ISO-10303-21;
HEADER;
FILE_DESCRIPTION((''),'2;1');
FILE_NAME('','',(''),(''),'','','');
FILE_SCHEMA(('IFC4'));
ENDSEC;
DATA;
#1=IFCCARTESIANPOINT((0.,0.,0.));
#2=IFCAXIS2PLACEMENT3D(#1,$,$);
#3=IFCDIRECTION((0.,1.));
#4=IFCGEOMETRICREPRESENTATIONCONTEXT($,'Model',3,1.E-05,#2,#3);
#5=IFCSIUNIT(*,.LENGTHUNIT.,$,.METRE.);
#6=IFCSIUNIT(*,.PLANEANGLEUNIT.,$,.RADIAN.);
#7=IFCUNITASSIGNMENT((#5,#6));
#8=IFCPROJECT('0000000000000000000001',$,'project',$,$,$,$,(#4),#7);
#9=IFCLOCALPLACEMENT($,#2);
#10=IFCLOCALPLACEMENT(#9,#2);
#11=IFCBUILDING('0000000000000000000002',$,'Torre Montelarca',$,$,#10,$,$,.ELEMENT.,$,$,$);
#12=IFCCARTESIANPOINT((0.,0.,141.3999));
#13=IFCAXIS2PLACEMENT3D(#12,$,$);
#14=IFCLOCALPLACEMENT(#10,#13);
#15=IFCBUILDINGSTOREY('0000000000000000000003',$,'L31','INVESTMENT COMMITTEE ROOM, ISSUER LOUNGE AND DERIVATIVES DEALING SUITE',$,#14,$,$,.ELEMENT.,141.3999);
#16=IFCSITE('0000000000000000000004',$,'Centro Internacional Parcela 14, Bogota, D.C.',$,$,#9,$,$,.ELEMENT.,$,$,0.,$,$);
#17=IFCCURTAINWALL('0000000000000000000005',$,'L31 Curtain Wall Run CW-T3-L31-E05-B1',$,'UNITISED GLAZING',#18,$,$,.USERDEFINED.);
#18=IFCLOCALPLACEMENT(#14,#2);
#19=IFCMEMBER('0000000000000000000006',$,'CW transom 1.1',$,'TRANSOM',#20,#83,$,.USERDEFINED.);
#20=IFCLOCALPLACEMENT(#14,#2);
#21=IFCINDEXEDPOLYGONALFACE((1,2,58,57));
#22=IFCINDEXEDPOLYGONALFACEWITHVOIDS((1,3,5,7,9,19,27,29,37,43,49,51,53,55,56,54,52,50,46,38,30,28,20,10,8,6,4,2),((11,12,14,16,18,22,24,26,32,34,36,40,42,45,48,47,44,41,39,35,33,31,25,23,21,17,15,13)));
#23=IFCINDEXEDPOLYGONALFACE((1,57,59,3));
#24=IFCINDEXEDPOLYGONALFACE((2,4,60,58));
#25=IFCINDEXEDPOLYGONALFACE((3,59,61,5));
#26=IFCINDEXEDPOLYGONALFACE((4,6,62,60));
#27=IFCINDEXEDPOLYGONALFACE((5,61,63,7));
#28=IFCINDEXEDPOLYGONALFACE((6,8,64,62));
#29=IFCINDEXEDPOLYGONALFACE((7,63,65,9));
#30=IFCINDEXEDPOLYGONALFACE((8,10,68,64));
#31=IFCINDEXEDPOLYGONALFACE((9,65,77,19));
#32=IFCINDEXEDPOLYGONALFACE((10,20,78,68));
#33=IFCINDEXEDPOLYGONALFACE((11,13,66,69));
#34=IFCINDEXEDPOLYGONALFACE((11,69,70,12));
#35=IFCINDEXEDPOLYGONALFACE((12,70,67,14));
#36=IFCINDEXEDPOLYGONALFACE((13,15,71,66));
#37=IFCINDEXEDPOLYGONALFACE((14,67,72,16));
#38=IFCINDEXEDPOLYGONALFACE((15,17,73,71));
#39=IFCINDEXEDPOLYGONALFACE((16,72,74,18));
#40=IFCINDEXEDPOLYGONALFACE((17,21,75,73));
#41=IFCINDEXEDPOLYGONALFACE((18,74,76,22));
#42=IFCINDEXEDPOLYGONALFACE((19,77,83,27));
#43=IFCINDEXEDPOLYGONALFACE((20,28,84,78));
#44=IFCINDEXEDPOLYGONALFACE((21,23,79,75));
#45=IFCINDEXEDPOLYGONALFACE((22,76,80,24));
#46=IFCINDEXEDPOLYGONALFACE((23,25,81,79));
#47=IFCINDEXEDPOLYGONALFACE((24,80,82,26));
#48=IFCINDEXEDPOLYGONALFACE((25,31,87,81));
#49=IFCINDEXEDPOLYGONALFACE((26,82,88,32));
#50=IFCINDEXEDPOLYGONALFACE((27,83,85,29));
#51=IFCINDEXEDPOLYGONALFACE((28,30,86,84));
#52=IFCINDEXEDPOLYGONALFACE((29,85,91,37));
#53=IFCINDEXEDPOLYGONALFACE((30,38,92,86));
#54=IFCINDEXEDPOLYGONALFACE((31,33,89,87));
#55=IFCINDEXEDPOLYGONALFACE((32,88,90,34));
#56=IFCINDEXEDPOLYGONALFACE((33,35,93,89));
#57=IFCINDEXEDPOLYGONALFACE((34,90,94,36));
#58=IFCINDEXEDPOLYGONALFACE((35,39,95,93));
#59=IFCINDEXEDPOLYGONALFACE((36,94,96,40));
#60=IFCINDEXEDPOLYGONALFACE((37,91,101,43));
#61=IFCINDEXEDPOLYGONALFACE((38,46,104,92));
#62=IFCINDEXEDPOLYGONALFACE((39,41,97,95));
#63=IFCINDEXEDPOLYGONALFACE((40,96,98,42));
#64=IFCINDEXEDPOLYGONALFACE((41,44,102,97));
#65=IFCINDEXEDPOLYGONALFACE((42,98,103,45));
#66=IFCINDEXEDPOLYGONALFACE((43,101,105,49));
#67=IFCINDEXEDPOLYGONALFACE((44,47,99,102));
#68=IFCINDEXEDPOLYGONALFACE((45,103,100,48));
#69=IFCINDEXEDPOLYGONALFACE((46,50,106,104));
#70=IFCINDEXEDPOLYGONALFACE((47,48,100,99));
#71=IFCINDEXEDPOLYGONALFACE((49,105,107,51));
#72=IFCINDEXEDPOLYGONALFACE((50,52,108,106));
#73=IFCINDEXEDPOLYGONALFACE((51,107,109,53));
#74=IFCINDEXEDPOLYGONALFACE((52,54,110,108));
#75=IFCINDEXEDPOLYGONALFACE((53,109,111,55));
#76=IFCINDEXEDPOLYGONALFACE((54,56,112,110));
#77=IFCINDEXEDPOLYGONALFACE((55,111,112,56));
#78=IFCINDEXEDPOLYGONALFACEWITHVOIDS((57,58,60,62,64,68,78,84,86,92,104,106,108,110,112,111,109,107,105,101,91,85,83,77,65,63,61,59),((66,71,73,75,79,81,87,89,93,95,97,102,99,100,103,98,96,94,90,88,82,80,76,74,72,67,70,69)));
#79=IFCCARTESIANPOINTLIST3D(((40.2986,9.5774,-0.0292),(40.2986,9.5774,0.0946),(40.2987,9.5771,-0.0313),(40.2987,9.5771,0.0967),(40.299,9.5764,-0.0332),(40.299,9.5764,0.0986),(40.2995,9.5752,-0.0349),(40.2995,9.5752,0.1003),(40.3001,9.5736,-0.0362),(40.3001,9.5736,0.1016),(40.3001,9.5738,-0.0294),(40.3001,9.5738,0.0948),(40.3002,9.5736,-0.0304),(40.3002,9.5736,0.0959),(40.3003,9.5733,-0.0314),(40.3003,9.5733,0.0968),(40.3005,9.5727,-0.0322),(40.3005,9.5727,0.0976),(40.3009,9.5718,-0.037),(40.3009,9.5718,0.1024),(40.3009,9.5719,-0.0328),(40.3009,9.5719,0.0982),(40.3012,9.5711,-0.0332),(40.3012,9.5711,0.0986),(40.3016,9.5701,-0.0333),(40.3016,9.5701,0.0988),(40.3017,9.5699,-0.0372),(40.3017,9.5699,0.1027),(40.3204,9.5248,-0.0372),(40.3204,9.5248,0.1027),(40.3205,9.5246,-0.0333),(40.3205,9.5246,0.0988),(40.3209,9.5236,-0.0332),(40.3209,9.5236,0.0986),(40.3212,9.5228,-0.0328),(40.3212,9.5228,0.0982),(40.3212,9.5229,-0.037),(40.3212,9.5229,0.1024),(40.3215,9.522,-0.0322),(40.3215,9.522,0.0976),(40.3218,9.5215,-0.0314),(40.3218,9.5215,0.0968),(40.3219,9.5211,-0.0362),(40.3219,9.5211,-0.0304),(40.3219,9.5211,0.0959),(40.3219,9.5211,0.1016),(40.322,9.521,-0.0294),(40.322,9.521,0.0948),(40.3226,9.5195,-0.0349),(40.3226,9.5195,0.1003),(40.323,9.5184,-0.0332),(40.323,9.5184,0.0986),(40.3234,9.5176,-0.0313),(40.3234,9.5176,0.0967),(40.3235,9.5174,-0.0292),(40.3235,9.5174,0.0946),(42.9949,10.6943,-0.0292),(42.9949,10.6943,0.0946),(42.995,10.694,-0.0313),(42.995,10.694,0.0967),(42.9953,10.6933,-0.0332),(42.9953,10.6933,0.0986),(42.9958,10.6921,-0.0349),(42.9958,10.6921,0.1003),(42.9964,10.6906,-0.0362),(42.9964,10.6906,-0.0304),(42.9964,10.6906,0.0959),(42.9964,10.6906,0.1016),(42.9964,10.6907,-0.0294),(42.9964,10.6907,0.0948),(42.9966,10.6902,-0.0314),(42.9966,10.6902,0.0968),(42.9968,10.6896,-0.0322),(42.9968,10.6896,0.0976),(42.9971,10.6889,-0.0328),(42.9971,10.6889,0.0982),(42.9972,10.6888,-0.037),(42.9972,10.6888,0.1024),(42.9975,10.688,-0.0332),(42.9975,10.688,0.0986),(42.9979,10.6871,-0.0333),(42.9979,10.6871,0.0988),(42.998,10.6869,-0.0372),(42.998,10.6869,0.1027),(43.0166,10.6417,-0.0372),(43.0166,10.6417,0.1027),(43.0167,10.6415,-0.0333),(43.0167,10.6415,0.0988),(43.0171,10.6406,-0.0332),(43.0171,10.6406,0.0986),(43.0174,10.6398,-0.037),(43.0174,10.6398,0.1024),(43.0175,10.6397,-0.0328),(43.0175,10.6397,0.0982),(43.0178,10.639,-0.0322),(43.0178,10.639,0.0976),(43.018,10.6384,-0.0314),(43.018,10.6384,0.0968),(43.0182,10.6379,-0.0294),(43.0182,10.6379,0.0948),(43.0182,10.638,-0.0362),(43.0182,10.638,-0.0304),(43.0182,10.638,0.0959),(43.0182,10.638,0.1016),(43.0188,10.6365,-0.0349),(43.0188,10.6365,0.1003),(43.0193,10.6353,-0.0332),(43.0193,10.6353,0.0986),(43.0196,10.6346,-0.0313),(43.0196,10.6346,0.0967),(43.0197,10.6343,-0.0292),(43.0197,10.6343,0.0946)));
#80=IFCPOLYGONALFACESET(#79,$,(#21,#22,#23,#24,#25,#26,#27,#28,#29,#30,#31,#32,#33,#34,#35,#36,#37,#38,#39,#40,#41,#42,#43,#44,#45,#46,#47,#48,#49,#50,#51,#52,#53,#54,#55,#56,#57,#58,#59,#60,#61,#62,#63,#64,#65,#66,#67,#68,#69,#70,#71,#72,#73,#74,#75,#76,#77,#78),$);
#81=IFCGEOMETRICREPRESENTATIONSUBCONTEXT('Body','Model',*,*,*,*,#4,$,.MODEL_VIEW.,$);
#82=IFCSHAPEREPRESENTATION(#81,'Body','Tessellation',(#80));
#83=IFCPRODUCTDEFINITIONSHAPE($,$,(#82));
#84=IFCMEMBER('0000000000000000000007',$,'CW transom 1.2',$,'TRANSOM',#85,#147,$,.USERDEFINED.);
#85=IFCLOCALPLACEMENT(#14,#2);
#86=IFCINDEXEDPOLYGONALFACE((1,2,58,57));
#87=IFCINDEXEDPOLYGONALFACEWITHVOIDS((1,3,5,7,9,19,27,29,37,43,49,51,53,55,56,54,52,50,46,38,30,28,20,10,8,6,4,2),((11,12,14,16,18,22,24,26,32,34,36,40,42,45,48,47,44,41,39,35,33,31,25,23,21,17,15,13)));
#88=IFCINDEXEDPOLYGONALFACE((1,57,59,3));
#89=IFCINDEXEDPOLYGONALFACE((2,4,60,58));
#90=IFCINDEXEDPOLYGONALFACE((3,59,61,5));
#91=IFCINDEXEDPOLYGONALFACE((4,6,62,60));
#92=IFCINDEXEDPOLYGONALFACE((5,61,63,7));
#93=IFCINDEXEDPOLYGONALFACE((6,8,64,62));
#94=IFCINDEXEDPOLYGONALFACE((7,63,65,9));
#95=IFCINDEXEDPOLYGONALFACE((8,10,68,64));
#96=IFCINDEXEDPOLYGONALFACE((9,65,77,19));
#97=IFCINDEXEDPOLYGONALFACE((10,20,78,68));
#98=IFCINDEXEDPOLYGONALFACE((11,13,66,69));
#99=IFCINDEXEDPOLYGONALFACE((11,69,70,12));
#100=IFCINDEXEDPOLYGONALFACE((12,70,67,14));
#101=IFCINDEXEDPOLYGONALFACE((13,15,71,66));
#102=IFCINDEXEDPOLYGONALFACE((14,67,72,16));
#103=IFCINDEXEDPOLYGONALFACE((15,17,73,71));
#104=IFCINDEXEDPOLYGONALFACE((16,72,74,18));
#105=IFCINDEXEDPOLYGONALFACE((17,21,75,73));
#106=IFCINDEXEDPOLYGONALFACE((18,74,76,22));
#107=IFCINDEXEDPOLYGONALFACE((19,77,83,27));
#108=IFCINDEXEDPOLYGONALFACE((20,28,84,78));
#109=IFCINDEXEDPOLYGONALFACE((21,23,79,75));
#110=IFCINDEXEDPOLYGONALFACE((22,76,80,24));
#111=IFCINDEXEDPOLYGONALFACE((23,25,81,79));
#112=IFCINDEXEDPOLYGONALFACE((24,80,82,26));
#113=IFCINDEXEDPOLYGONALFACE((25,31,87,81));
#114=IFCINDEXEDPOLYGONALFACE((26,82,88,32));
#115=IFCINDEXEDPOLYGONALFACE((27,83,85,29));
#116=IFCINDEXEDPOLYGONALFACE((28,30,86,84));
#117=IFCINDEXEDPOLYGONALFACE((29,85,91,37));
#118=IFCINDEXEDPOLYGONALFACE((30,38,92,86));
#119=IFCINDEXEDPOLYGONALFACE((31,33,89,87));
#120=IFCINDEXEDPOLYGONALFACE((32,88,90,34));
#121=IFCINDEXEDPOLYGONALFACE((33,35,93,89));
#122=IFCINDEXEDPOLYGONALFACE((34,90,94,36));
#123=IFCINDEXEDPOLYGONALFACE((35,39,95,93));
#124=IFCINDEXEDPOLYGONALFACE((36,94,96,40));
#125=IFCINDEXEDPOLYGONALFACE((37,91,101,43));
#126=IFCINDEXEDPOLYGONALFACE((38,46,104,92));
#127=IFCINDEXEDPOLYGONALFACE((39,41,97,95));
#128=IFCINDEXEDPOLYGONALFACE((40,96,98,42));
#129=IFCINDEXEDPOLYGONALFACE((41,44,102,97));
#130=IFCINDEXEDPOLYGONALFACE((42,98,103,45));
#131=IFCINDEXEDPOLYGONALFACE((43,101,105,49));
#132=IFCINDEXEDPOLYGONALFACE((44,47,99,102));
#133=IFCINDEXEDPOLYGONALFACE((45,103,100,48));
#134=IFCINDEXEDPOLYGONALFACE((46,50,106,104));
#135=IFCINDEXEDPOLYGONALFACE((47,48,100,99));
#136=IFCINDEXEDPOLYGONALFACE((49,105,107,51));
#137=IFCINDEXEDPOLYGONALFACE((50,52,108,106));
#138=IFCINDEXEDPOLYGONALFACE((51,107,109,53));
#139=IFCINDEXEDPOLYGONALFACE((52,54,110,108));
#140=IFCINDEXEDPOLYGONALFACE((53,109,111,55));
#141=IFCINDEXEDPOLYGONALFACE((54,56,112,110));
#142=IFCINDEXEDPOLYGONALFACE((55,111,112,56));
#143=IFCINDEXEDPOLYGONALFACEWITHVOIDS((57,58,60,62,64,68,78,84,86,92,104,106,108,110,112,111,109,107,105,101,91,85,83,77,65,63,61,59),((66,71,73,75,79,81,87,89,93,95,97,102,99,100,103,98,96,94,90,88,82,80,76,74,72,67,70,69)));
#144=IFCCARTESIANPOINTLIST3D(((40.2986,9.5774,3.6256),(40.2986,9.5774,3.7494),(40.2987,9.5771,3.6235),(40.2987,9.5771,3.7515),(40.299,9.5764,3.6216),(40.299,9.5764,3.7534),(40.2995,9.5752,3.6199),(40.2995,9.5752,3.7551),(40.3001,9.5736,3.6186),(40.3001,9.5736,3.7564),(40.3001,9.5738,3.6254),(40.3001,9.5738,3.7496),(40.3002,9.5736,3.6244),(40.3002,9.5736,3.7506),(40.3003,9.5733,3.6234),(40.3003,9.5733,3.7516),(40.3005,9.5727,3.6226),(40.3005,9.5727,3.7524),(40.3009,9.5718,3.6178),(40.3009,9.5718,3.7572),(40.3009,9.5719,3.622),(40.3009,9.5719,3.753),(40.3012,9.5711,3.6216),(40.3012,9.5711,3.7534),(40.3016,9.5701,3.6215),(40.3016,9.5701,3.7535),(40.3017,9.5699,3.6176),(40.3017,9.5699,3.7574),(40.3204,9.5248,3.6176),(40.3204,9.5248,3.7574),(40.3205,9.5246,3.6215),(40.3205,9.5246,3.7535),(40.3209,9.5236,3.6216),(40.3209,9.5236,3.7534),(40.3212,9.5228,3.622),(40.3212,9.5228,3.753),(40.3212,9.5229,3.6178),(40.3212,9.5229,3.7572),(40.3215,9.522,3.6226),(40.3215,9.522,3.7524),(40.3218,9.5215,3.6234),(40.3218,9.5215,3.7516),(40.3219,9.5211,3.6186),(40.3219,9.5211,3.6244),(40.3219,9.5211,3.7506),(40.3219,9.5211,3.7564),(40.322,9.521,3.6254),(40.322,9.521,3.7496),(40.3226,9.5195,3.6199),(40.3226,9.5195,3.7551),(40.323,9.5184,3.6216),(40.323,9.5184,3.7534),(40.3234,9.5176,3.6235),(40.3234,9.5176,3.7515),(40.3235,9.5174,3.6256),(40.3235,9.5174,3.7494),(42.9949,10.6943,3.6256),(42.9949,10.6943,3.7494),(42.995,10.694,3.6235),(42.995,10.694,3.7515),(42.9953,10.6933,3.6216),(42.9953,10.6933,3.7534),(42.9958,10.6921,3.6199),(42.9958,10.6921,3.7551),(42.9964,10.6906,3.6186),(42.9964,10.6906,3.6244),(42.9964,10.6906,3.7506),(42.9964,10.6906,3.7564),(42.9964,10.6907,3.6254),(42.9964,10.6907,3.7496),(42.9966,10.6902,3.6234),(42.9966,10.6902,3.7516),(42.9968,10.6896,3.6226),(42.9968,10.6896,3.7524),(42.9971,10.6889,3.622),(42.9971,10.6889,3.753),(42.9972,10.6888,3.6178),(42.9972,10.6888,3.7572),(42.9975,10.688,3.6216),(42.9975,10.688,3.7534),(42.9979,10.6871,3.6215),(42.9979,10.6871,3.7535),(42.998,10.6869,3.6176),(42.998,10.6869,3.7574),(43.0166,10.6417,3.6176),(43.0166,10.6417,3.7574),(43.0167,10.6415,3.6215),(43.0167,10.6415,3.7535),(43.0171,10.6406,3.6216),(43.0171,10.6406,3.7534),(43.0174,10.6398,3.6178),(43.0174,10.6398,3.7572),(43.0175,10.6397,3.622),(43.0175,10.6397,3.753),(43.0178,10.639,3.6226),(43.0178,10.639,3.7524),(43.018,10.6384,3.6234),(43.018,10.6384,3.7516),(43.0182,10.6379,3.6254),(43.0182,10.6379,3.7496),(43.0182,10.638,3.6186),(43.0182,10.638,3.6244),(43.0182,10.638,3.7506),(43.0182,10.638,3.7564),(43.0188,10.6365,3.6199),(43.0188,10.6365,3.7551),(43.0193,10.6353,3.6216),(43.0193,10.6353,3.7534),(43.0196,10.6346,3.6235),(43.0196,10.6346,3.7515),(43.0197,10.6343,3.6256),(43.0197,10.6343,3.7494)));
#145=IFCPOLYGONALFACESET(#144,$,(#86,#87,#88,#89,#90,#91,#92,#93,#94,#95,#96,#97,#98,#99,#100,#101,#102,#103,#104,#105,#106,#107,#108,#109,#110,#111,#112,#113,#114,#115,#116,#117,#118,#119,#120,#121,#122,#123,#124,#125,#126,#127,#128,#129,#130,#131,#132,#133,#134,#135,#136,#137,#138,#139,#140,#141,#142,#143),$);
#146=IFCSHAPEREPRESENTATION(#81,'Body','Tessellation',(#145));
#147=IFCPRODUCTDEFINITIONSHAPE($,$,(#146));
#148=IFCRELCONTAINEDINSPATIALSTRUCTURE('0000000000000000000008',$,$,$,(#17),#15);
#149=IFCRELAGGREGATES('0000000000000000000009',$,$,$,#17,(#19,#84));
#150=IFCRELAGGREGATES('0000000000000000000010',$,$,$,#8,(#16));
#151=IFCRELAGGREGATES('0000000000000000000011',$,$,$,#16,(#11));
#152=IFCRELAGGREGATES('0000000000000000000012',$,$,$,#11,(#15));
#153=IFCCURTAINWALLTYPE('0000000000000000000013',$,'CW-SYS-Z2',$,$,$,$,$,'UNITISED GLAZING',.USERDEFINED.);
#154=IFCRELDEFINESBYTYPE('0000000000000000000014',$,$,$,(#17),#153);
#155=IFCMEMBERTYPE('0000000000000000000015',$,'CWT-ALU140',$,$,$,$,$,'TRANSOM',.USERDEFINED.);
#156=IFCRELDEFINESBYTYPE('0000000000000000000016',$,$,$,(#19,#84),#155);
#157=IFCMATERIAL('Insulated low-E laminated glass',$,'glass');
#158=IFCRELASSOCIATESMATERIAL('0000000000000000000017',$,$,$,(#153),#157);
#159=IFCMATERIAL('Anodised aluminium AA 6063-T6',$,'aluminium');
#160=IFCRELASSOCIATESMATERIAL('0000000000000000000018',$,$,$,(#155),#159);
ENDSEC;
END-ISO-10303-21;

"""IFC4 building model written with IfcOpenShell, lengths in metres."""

from ifc_helpers import new_model, si_unit, direction, frame, origin, origin_2d, place, context, subcontext, project, spatial, hollow_rectangle, extrude, source, transform, mapped, material, material_profile, profile_set, type_object, element, aggregate, save


model = new_model("IFC4")

# Units and contexts
model_context = context("Model", 3, precision=1e-05, world=origin(), true_north=direction((0.0, 1.0)))
body_context = subcontext(model_context, "Body", "Model", "MODEL_VIEW")
ifc_project = project(units=[si_unit("LENGTHUNIT", "METRE"), si_unit("PLANEANGLEUNIT", "RADIAN")], contexts=[model_context])

# Site, building, storey
site_placement = place(None, origin())
site = spatial("IfcSite", under=ifc_project, at=site_placement, Name="Centro Internacional Parcela 14, Bogota, D.C.", CompositionType="ELEMENT", RefElevation=0.0)
building_placement = place(site_placement, origin())
building = spatial("IfcBuilding", under=site, at=building_placement, Name="Torre Montelarca", CompositionType="ELEMENT")
storey_placement = place(building_placement, frame((0.0, 0.0, 141.3999)))
storey = spatial("IfcBuildingStorey", under=building, at=storey_placement, Name="L31", Description="INVESTMENT COMMITTEE ROOM, ISSUER LOUNGE AND DERIVATIVES DEALING SUITE", CompositionType="ELEMENT", Elevation=141.3999)

# Curtain wall, members
ifc_material_1 = material(Name="Insulated low-E laminated glass", Category="glass")
curtain_wall_type = type_object("IfcCurtainWallType", Name="CW-SYS-Z2", ElementType="UNITISED GLAZING", PredefinedType="USERDEFINED", material=ifc_material_1)
curtain_wall_1_placement = place(storey_placement, origin())
curtain_wall_1 = element("IfcCurtainWall", 1, at=curtain_wall_1_placement, inside=storey, type_object=curtain_wall_type, Name="L31 Curtain Wall Run CW-T3-L31-E05-B1", ObjectType="UNITISED GLAZING", PredefinedType="USERDEFINED")
ifc_material_2 = material(Name="Anodised aluminium AA 6063-T6", Category="aluminium")
ifc_material_profile_1 = material_profile(ifc_material_2, hollow_rectangle(XDim=0.0649, YDim=0.1399, WallThickness=0.0039, InnerFilletRadius=0.0039, OuterFilletRadius=0.0081, at=origin_2d()), Name="ALU65X140X4", Category="aluminium")
ifc_profile_set_1 = profile_set([ifc_material_profile_1], Name="Anodised aluminium AA 6063-T6")
member_type_1 = type_object("IfcMemberType", Name="CWT-ALU140", ElementType="TRANSOM", PredefinedType="USERDEFINED", material=ifc_profile_set_1)
shared_shape_1 = source(origin(), body_context, "Body", "SweptSolid", [
    extrude(hollow_rectangle(XDim=0.0649, YDim=0.1399, WallThickness=0.0039, InnerFilletRadius=0.0039, OuterFilletRadius=0.0081, at=origin_2d()), origin(), (0.0, 0.0, 1.0), 2.9185),
])
member_1_placement = place(storey_placement, frame((40.311, 9.5474, 0.0327), z_axis=(0.923867, 0.382714, 0.0), x_axis=(-0.382714, 0.923867, 0.0)))
member_1 = element("IfcMember", 2, at=member_1_placement, type_object=member_type_1, Name="CW transom 1.1", ObjectType="TRANSOM", PredefinedType="USERDEFINED", context=body_context, shape_type="MappedRepresentation", body=[
    mapped(shared_shape_1, transform((0.0, 0.0, 0.0), scale=1.0)),
])
member_2_placement = place(storey_placement, frame((40.311, 9.5474, 3.6875), z_axis=(0.923867, 0.382714, 0.0), x_axis=(-0.382714, 0.923867, 0.0)))
member_2 = element("IfcMember", 3, at=member_2_placement, type_object=member_type_1, Name="CW transom 1.2", ObjectType="TRANSOM", PredefinedType="USERDEFINED", context=body_context, shape_type="MappedRepresentation", body=[
    mapped(shared_shape_1, transform((0.0, 0.0, 0.0), scale=1.0)),
])

aggregate(curtain_wall_1, [member_1, member_2])

save(model, "model.ifc")
